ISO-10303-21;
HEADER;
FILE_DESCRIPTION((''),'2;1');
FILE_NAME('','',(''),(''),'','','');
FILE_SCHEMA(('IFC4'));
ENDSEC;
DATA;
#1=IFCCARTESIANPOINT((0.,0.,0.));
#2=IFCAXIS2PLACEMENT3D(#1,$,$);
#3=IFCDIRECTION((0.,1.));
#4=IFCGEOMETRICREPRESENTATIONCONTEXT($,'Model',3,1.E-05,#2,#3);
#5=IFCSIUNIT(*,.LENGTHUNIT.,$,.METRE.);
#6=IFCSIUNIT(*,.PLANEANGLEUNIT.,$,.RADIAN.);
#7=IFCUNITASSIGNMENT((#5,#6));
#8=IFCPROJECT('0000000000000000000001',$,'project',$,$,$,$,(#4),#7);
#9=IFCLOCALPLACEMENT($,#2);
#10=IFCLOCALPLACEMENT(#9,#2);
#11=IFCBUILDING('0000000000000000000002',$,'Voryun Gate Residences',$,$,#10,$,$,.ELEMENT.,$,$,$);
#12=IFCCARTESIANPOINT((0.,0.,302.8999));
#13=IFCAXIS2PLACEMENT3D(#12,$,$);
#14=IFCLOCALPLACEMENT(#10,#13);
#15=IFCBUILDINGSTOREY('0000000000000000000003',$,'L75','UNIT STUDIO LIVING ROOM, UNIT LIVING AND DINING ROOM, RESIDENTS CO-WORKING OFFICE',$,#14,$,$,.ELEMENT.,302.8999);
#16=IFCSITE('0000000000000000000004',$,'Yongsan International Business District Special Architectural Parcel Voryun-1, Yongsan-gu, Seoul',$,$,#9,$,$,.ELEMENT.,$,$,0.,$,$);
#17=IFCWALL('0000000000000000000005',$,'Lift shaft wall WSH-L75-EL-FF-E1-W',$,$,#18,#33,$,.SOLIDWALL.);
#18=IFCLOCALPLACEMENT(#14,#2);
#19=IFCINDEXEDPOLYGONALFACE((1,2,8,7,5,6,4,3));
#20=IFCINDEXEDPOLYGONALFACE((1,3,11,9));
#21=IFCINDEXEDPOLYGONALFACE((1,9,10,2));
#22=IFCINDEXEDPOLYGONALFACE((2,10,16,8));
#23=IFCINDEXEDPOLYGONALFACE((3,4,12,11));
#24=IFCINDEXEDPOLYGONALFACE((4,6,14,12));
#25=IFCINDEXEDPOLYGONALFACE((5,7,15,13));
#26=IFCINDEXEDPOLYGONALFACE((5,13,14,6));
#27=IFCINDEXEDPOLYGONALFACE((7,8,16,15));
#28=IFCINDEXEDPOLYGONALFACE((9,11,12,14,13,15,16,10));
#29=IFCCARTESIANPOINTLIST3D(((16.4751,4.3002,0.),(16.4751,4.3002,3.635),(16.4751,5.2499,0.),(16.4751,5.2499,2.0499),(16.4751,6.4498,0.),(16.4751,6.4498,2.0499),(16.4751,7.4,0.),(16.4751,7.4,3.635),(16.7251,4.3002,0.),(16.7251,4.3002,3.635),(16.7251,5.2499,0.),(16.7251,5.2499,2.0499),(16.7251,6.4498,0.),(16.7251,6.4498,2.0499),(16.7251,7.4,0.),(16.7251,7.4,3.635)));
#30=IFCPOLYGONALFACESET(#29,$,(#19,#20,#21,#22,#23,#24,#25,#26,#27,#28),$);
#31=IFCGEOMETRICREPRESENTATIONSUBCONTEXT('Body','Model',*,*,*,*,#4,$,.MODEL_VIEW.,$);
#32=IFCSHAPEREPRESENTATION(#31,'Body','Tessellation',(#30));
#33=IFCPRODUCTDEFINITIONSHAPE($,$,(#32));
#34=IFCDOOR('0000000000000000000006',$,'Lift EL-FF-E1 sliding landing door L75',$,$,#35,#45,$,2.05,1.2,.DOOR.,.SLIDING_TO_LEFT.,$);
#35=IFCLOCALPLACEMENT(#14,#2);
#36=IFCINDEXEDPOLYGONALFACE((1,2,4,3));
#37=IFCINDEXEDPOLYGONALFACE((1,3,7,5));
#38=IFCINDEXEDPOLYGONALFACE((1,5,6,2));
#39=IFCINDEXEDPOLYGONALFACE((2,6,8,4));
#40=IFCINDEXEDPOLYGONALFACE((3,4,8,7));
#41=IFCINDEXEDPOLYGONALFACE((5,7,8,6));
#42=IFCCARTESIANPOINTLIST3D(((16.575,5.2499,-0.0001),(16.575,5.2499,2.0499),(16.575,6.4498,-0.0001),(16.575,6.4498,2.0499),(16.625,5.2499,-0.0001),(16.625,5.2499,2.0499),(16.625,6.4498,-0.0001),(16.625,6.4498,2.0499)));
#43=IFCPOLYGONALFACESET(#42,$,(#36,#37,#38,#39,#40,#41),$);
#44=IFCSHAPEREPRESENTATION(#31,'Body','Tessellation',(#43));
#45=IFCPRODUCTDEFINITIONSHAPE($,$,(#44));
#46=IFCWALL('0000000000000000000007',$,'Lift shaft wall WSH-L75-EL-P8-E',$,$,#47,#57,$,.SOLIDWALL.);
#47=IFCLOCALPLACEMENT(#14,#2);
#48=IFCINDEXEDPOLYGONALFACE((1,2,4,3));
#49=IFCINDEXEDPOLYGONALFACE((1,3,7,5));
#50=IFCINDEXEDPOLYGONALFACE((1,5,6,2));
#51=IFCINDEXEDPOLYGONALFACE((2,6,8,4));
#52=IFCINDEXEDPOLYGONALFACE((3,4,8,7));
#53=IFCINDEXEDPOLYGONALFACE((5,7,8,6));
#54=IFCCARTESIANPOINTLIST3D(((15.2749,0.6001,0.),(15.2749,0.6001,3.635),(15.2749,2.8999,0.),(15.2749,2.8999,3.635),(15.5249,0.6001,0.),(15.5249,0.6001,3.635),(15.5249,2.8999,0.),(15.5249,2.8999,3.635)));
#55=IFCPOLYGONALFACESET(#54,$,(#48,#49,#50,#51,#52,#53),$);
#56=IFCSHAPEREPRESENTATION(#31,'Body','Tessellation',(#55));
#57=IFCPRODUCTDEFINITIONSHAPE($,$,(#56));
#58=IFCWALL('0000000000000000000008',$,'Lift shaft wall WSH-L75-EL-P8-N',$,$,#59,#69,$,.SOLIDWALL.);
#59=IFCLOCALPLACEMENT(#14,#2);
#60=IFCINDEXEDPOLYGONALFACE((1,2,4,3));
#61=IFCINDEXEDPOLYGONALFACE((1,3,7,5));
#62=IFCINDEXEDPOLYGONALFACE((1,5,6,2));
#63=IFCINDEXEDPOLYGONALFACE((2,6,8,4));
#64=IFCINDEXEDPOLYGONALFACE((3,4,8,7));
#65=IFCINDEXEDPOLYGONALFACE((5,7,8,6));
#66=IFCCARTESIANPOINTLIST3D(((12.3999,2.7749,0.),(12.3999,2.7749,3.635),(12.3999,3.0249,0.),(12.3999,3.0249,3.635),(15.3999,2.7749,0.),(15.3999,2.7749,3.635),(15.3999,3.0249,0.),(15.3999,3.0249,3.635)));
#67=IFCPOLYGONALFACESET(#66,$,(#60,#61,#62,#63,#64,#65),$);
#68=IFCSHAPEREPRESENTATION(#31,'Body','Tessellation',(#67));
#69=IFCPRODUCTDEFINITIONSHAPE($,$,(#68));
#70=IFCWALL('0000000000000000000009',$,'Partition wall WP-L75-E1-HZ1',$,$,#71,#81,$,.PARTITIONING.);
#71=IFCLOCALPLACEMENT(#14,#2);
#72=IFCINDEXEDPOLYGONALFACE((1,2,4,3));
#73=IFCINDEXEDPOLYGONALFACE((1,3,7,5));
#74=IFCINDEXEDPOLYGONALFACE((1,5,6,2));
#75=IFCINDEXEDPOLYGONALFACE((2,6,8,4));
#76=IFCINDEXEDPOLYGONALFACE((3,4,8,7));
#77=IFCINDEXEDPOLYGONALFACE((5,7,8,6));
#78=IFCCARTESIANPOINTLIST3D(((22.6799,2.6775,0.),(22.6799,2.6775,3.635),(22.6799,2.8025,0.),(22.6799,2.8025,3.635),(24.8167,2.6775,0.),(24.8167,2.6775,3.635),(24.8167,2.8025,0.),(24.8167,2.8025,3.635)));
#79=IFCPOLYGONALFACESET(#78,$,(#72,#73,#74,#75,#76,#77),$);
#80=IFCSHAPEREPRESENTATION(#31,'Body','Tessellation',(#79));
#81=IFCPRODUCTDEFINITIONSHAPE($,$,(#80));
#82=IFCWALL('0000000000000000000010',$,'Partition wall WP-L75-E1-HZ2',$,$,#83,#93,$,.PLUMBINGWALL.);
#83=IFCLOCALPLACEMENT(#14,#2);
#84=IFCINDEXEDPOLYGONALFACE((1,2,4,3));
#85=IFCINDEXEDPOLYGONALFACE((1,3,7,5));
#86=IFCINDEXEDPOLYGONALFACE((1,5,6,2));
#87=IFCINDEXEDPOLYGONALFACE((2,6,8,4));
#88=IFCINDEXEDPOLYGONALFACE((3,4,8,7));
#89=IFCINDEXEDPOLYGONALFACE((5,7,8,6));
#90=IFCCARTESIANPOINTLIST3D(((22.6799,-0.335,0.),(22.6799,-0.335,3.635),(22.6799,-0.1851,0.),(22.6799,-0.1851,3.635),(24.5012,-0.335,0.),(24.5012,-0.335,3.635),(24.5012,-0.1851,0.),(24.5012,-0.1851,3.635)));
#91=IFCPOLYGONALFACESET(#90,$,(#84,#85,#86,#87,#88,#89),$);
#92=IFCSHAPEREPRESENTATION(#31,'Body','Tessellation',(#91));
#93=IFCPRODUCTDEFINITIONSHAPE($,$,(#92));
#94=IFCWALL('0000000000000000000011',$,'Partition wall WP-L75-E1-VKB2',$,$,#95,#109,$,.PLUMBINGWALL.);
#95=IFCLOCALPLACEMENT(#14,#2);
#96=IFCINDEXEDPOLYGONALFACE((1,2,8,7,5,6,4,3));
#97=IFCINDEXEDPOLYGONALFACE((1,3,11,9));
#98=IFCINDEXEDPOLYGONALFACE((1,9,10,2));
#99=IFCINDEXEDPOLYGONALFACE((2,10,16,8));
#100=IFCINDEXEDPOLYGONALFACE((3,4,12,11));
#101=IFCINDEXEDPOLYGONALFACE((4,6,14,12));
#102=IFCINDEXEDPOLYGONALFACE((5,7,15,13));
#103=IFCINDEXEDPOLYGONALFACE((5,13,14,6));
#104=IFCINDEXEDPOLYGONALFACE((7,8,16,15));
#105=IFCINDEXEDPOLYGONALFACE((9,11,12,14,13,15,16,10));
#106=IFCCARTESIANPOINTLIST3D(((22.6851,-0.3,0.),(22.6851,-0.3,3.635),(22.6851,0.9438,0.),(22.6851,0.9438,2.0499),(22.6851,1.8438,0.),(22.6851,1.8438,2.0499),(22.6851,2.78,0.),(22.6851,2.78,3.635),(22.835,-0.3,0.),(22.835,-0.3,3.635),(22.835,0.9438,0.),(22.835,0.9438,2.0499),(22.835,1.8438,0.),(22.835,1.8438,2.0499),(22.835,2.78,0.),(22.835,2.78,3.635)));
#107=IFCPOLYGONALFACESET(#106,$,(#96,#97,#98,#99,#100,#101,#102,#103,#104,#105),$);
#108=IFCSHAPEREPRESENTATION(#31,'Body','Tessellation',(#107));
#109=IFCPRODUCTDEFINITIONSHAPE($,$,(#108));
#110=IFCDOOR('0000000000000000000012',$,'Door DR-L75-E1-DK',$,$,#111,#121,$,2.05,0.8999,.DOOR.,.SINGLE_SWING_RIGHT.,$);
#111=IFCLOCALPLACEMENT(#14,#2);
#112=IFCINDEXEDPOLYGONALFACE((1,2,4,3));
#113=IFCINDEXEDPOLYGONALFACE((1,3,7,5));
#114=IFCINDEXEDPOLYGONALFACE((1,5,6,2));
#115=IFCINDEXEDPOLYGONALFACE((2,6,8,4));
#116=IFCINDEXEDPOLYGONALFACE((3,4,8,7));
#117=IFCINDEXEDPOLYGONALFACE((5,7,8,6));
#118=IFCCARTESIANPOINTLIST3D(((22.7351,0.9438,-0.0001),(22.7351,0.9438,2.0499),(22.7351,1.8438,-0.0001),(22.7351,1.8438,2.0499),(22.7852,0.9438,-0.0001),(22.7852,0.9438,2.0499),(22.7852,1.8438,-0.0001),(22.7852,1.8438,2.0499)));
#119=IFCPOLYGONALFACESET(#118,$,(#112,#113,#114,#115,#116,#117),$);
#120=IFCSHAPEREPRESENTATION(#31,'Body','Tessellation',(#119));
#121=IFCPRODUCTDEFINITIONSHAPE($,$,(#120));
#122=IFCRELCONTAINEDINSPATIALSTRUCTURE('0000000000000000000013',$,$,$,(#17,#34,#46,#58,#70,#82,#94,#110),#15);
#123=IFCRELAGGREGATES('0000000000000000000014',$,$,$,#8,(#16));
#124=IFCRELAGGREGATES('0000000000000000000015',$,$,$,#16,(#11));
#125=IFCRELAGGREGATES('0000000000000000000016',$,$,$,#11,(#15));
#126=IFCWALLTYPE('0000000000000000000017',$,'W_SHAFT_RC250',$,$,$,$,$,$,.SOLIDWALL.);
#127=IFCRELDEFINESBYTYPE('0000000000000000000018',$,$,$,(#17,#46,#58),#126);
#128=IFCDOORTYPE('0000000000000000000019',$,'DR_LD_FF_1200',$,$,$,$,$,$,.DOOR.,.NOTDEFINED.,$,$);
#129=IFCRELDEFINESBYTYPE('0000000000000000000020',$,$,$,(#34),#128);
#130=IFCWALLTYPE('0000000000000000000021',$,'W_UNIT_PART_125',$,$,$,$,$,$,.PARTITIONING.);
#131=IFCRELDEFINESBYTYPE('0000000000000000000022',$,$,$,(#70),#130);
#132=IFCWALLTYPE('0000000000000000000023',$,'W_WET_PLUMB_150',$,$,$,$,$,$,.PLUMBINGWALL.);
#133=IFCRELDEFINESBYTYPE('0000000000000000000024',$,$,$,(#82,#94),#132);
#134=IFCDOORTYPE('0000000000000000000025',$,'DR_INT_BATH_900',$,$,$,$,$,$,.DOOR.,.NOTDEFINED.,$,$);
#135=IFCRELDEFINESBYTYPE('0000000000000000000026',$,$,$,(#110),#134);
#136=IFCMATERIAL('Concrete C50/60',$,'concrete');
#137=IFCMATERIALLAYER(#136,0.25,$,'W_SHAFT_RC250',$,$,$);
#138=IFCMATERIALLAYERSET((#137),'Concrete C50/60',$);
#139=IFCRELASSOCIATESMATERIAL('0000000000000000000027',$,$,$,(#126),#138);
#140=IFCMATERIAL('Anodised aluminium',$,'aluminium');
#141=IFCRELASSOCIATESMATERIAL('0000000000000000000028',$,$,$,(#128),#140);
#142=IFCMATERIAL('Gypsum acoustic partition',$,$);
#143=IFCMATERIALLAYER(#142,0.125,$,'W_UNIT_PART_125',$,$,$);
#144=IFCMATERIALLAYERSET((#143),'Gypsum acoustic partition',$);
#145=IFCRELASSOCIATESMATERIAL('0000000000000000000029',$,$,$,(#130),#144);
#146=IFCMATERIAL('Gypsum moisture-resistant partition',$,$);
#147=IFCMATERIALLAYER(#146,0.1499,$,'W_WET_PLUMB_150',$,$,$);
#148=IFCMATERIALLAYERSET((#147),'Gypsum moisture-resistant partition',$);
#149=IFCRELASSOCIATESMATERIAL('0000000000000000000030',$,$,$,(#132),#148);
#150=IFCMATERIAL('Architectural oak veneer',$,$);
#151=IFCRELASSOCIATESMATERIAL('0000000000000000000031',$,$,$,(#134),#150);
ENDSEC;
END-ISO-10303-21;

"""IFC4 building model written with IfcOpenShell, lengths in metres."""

from ifc_helpers import new_model, si_unit, direction, frame, frame_2d, origin, place, context, subcontext, project, spatial, rectangle, extrude, material, layer, layer_set, type_object, element, fill, save


model = new_model("IFC4")

# Units and contexts
model_context = context("Model", 3, precision=1e-05, world=origin(), true_north=direction((0.0, 1.0)))
body_context = subcontext(model_context, "Body", "Model", "MODEL_VIEW")
ifc_project = project(units=[si_unit("LENGTHUNIT", "METRE"), si_unit("PLANEANGLEUNIT", "RADIAN")], contexts=[model_context])

# Site, building, storey
site_placement = place(None, origin())
site = spatial("IfcSite", under=ifc_project, at=site_placement, Name="Yongsan International Business District Special Architectural Parcel Voryun-1, Yongsan-gu, Seoul", CompositionType="ELEMENT", RefElevation=0.0)
building_placement = place(site_placement, origin())
building = spatial("IfcBuilding", under=site, at=building_placement, Name="Voryun Gate Residences", CompositionType="ELEMENT")
storey_placement = place(building_placement, frame((0.0, 0.0, 302.8999)))
storey = spatial("IfcBuildingStorey", under=building, at=storey_placement, Name="L75", Description="UNIT STUDIO LIVING ROOM, UNIT LIVING AND DINING ROOM, RESIDENTS CO-WORKING OFFICE", CompositionType="ELEMENT", Elevation=302.8999)

# Shared definitions
ifc_material_1 = material(Name="Concrete C50/60", Category="concrete")
ifc_layer_1 = layer(ifc_material_1, 0.25, Name="W_SHAFT_RC250")
ifc_layer_set_1 = layer_set([ifc_layer_1], Name="Concrete C50/60")
wall_type_1 = type_object("IfcWallType", Name="W_SHAFT_RC250", PredefinedType="SOLIDWALL", material=ifc_layer_set_1)

# Wall, opening, door
wall_1_placement = place(storey_placement, frame((16.6001, 7.3999, 0.0), z_axis=(0.0, 0.0, 1.0), x_axis=(0.0, -1.0, 0.0)))
wall_1 = element("IfcWall", 1, at=wall_1_placement, inside=storey, type_object=wall_type_1, Name="Lift shaft wall WSH-L75-EL-FF-E1-W", PredefinedType="SOLIDWALL", context=body_context, shape_type="SweptSolid", body=[
    extrude(rectangle(XDim=3.0999, YDim=0.25, at=frame_2d((1.5498, 0.0))), origin(), (0.0, 0.0, 1.0), 3.635),
])
opening_1_placement = place(wall_1_placement, frame((0.95, 0.0, 0.0)))
opening_1 = element("IfcOpeningElement", 2, at=opening_1_placement, cuts=wall_1, PredefinedType="OPENING", context=body_context, shape_type="SweptSolid", body=[
    extrude(rectangle(XDim=1.2, YDim=2.05, at=frame_2d((0.6001, 1.0249))), frame((0.0, 0.135, 0.0), z_axis=(0.0, -1.0, 0.0), x_axis=(1.0, 0.0, 0.0)), (0.0, 0.0, 1.0), 0.27),
])
ifc_material_2 = material(Name="Anodised aluminium", Category="aluminium")
door_type_1 = type_object("IfcDoorType", Name="DR_LD_FF_1200", OperationType="NOTDEFINED", PredefinedType="DOOR", material=ifc_material_2)
door_1_placement = place(opening_1_placement, origin())
door_1 = element("IfcDoor", 3, at=door_1_placement, inside=storey, type_object=door_type_1, Name="Lift EL-FF-E1 sliding landing door L75", OperationType="SLIDING_TO_LEFT", OverallHeight=2.05, OverallWidth=1.2, PredefinedType="DOOR", context=body_context, shape_type="SweptSolid", body=[
    extrude(rectangle(XDim=1.2, YDim=2.05, at=frame_2d((0.6001, 1.0249))), frame((0.0, 0.0249, 0.0), z_axis=(0.0, -1.0, 0.0), x_axis=(1.0, 0.0, 0.0)), (0.0, 0.0, 1.0), 0.05),
])
fill(opening_1, door_1)

# Walls
wall_2_placement = place(storey_placement, frame((15.3999, 0.6001, 0.0), z_axis=(0.0, 0.0, 1.0), x_axis=(0.0, 1.0, 0.0)))
element("IfcWall", 4, at=wall_2_placement, inside=storey, type_object=wall_type_1, Name="Lift shaft wall WSH-L75-EL-P8-E", PredefinedType="SOLIDWALL", context=body_context, shape_type="SweptSolid", body=[
    extrude(rectangle(XDim=2.2998, YDim=0.25, at=frame_2d((1.1499, 0.0))), origin(), (0.0, 0.0, 1.0), 3.635),
])
wall_3_placement = place(storey_placement, frame((15.3999, 2.8999, 0.0), z_axis=(0.0, 0.0, 1.0), x_axis=(-1.0, 0.0, 0.0)))
element("IfcWall", 5, at=wall_3_placement, inside=storey, type_object=wall_type_1, Name="Lift shaft wall WSH-L75-EL-P8-N", PredefinedType="SOLIDWALL", context=body_context, shape_type="SweptSolid", body=[
    extrude(rectangle(XDim=3.0, YDim=0.25, at=frame_2d((1.5, 0.0))), origin(), (0.0, 0.0, 1.0), 3.635),
])
ifc_material_3 = material(Name="Gypsum acoustic partition")
ifc_layer_2 = layer(ifc_material_3, 0.125, Name="W_UNIT_PART_125")
ifc_layer_set_2 = layer_set([ifc_layer_2], Name="Gypsum acoustic partition")
wall_type_2 = type_object("IfcWallType", Name="W_UNIT_PART_125", PredefinedType="PARTITIONING", material=ifc_layer_set_2)
wall_4_placement = place(storey_placement, frame((22.6799, 2.74, 0.0), z_axis=(0.0, 0.0, 1.0), x_axis=(1.0, 0.0, 0.0)))
element("IfcWall", 6, at=wall_4_placement, inside=storey, type_object=wall_type_2, Name="Partition wall WP-L75-E1-HZ1", PredefinedType="PARTITIONING", context=body_context, shape_type="SweptSolid", body=[
    extrude(rectangle(XDim=2.1367, YDim=0.125, at=frame_2d((1.0684, 0.0))), origin(), (0.0, 0.0, 1.0), 3.635),
])
ifc_material_4 = material(Name="Gypsum moisture-resistant partition")
ifc_layer_3 = layer(ifc_material_4, 0.1499, Name="W_WET_PLUMB_150")
ifc_layer_set_3 = layer_set([ifc_layer_3], Name="Gypsum moisture-resistant partition")
wall_type_3 = type_object("IfcWallType", Name="W_WET_PLUMB_150", PredefinedType="PLUMBINGWALL", material=ifc_layer_set_3)
wall_5_placement = place(storey_placement, frame((22.6799, -0.26, 0.0), z_axis=(0.0, 0.0, 1.0), x_axis=(1.0, 0.0, 0.0)))
element("IfcWall", 7, at=wall_5_placement, inside=storey, type_object=wall_type_3, Name="Partition wall WP-L75-E1-HZ2", PredefinedType="PLUMBINGWALL", context=body_context, shape_type="SweptSolid", body=[
    extrude(rectangle(XDim=1.8213, YDim=0.1499, at=frame_2d((0.9106, 0.0))), origin(), (0.0, 0.0, 1.0), 3.635),
])

# Wall, opening, door
wall_6_placement = place(storey_placement, frame((22.76, -0.3, 0.0), z_axis=(0.0, 0.0, 1.0), x_axis=(0.0, 1.0, 0.0)))
wall_6 = element("IfcWall", 8, at=wall_6_placement, inside=storey, type_object=wall_type_3, Name="Partition wall WP-L75-E1-VKB2", PredefinedType="PLUMBINGWALL", context=body_context, shape_type="SweptSolid", body=[
    extrude(rectangle(XDim=3.0801, YDim=0.1499, at=frame_2d((1.54, 0.0))), origin(), (0.0, 0.0, 1.0), 3.635),
])
opening_2_placement = place(wall_6_placement, frame((1.2439, 0.0, 0.0)))
opening_2 = element("IfcOpeningElement", 9, at=opening_2_placement, cuts=wall_6, PredefinedType="OPENING", context=body_context, shape_type="SweptSolid", body=[
    extrude(rectangle(XDim=0.8999, YDim=2.05, at=frame_2d((0.45, 1.0249))), frame((0.0, 0.085, 0.0), z_axis=(0.0, -1.0, 0.0), x_axis=(1.0, 0.0, 0.0)), (0.0, 0.0, 1.0), 0.1699),
])
ifc_material_5 = material(Name="Architectural oak veneer")
door_type_2 = type_object("IfcDoorType", Name="DR_INT_BATH_900", OperationType="NOTDEFINED", PredefinedType="DOOR", material=ifc_material_5)
door_2_placement = place(opening_2_placement, origin())
door_2 = element("IfcDoor", 10, at=door_2_placement, inside=storey, type_object=door_type_2, Name="Door DR-L75-E1-DK", OperationType="SINGLE_SWING_RIGHT", OverallHeight=2.05, OverallWidth=0.8999, PredefinedType="DOOR", context=body_context, shape_type="SweptSolid", body=[
    extrude(rectangle(XDim=0.8999, YDim=2.05, at=frame_2d((0.45, 1.0249))), frame((0.0, 0.0249, 0.0), z_axis=(0.0, -1.0, 0.0), x_axis=(1.0, 0.0, 0.0)), (0.0, 0.0, 1.0), 0.05),
])
fill(opening_2, door_2)

save(model, "model.ifc")
